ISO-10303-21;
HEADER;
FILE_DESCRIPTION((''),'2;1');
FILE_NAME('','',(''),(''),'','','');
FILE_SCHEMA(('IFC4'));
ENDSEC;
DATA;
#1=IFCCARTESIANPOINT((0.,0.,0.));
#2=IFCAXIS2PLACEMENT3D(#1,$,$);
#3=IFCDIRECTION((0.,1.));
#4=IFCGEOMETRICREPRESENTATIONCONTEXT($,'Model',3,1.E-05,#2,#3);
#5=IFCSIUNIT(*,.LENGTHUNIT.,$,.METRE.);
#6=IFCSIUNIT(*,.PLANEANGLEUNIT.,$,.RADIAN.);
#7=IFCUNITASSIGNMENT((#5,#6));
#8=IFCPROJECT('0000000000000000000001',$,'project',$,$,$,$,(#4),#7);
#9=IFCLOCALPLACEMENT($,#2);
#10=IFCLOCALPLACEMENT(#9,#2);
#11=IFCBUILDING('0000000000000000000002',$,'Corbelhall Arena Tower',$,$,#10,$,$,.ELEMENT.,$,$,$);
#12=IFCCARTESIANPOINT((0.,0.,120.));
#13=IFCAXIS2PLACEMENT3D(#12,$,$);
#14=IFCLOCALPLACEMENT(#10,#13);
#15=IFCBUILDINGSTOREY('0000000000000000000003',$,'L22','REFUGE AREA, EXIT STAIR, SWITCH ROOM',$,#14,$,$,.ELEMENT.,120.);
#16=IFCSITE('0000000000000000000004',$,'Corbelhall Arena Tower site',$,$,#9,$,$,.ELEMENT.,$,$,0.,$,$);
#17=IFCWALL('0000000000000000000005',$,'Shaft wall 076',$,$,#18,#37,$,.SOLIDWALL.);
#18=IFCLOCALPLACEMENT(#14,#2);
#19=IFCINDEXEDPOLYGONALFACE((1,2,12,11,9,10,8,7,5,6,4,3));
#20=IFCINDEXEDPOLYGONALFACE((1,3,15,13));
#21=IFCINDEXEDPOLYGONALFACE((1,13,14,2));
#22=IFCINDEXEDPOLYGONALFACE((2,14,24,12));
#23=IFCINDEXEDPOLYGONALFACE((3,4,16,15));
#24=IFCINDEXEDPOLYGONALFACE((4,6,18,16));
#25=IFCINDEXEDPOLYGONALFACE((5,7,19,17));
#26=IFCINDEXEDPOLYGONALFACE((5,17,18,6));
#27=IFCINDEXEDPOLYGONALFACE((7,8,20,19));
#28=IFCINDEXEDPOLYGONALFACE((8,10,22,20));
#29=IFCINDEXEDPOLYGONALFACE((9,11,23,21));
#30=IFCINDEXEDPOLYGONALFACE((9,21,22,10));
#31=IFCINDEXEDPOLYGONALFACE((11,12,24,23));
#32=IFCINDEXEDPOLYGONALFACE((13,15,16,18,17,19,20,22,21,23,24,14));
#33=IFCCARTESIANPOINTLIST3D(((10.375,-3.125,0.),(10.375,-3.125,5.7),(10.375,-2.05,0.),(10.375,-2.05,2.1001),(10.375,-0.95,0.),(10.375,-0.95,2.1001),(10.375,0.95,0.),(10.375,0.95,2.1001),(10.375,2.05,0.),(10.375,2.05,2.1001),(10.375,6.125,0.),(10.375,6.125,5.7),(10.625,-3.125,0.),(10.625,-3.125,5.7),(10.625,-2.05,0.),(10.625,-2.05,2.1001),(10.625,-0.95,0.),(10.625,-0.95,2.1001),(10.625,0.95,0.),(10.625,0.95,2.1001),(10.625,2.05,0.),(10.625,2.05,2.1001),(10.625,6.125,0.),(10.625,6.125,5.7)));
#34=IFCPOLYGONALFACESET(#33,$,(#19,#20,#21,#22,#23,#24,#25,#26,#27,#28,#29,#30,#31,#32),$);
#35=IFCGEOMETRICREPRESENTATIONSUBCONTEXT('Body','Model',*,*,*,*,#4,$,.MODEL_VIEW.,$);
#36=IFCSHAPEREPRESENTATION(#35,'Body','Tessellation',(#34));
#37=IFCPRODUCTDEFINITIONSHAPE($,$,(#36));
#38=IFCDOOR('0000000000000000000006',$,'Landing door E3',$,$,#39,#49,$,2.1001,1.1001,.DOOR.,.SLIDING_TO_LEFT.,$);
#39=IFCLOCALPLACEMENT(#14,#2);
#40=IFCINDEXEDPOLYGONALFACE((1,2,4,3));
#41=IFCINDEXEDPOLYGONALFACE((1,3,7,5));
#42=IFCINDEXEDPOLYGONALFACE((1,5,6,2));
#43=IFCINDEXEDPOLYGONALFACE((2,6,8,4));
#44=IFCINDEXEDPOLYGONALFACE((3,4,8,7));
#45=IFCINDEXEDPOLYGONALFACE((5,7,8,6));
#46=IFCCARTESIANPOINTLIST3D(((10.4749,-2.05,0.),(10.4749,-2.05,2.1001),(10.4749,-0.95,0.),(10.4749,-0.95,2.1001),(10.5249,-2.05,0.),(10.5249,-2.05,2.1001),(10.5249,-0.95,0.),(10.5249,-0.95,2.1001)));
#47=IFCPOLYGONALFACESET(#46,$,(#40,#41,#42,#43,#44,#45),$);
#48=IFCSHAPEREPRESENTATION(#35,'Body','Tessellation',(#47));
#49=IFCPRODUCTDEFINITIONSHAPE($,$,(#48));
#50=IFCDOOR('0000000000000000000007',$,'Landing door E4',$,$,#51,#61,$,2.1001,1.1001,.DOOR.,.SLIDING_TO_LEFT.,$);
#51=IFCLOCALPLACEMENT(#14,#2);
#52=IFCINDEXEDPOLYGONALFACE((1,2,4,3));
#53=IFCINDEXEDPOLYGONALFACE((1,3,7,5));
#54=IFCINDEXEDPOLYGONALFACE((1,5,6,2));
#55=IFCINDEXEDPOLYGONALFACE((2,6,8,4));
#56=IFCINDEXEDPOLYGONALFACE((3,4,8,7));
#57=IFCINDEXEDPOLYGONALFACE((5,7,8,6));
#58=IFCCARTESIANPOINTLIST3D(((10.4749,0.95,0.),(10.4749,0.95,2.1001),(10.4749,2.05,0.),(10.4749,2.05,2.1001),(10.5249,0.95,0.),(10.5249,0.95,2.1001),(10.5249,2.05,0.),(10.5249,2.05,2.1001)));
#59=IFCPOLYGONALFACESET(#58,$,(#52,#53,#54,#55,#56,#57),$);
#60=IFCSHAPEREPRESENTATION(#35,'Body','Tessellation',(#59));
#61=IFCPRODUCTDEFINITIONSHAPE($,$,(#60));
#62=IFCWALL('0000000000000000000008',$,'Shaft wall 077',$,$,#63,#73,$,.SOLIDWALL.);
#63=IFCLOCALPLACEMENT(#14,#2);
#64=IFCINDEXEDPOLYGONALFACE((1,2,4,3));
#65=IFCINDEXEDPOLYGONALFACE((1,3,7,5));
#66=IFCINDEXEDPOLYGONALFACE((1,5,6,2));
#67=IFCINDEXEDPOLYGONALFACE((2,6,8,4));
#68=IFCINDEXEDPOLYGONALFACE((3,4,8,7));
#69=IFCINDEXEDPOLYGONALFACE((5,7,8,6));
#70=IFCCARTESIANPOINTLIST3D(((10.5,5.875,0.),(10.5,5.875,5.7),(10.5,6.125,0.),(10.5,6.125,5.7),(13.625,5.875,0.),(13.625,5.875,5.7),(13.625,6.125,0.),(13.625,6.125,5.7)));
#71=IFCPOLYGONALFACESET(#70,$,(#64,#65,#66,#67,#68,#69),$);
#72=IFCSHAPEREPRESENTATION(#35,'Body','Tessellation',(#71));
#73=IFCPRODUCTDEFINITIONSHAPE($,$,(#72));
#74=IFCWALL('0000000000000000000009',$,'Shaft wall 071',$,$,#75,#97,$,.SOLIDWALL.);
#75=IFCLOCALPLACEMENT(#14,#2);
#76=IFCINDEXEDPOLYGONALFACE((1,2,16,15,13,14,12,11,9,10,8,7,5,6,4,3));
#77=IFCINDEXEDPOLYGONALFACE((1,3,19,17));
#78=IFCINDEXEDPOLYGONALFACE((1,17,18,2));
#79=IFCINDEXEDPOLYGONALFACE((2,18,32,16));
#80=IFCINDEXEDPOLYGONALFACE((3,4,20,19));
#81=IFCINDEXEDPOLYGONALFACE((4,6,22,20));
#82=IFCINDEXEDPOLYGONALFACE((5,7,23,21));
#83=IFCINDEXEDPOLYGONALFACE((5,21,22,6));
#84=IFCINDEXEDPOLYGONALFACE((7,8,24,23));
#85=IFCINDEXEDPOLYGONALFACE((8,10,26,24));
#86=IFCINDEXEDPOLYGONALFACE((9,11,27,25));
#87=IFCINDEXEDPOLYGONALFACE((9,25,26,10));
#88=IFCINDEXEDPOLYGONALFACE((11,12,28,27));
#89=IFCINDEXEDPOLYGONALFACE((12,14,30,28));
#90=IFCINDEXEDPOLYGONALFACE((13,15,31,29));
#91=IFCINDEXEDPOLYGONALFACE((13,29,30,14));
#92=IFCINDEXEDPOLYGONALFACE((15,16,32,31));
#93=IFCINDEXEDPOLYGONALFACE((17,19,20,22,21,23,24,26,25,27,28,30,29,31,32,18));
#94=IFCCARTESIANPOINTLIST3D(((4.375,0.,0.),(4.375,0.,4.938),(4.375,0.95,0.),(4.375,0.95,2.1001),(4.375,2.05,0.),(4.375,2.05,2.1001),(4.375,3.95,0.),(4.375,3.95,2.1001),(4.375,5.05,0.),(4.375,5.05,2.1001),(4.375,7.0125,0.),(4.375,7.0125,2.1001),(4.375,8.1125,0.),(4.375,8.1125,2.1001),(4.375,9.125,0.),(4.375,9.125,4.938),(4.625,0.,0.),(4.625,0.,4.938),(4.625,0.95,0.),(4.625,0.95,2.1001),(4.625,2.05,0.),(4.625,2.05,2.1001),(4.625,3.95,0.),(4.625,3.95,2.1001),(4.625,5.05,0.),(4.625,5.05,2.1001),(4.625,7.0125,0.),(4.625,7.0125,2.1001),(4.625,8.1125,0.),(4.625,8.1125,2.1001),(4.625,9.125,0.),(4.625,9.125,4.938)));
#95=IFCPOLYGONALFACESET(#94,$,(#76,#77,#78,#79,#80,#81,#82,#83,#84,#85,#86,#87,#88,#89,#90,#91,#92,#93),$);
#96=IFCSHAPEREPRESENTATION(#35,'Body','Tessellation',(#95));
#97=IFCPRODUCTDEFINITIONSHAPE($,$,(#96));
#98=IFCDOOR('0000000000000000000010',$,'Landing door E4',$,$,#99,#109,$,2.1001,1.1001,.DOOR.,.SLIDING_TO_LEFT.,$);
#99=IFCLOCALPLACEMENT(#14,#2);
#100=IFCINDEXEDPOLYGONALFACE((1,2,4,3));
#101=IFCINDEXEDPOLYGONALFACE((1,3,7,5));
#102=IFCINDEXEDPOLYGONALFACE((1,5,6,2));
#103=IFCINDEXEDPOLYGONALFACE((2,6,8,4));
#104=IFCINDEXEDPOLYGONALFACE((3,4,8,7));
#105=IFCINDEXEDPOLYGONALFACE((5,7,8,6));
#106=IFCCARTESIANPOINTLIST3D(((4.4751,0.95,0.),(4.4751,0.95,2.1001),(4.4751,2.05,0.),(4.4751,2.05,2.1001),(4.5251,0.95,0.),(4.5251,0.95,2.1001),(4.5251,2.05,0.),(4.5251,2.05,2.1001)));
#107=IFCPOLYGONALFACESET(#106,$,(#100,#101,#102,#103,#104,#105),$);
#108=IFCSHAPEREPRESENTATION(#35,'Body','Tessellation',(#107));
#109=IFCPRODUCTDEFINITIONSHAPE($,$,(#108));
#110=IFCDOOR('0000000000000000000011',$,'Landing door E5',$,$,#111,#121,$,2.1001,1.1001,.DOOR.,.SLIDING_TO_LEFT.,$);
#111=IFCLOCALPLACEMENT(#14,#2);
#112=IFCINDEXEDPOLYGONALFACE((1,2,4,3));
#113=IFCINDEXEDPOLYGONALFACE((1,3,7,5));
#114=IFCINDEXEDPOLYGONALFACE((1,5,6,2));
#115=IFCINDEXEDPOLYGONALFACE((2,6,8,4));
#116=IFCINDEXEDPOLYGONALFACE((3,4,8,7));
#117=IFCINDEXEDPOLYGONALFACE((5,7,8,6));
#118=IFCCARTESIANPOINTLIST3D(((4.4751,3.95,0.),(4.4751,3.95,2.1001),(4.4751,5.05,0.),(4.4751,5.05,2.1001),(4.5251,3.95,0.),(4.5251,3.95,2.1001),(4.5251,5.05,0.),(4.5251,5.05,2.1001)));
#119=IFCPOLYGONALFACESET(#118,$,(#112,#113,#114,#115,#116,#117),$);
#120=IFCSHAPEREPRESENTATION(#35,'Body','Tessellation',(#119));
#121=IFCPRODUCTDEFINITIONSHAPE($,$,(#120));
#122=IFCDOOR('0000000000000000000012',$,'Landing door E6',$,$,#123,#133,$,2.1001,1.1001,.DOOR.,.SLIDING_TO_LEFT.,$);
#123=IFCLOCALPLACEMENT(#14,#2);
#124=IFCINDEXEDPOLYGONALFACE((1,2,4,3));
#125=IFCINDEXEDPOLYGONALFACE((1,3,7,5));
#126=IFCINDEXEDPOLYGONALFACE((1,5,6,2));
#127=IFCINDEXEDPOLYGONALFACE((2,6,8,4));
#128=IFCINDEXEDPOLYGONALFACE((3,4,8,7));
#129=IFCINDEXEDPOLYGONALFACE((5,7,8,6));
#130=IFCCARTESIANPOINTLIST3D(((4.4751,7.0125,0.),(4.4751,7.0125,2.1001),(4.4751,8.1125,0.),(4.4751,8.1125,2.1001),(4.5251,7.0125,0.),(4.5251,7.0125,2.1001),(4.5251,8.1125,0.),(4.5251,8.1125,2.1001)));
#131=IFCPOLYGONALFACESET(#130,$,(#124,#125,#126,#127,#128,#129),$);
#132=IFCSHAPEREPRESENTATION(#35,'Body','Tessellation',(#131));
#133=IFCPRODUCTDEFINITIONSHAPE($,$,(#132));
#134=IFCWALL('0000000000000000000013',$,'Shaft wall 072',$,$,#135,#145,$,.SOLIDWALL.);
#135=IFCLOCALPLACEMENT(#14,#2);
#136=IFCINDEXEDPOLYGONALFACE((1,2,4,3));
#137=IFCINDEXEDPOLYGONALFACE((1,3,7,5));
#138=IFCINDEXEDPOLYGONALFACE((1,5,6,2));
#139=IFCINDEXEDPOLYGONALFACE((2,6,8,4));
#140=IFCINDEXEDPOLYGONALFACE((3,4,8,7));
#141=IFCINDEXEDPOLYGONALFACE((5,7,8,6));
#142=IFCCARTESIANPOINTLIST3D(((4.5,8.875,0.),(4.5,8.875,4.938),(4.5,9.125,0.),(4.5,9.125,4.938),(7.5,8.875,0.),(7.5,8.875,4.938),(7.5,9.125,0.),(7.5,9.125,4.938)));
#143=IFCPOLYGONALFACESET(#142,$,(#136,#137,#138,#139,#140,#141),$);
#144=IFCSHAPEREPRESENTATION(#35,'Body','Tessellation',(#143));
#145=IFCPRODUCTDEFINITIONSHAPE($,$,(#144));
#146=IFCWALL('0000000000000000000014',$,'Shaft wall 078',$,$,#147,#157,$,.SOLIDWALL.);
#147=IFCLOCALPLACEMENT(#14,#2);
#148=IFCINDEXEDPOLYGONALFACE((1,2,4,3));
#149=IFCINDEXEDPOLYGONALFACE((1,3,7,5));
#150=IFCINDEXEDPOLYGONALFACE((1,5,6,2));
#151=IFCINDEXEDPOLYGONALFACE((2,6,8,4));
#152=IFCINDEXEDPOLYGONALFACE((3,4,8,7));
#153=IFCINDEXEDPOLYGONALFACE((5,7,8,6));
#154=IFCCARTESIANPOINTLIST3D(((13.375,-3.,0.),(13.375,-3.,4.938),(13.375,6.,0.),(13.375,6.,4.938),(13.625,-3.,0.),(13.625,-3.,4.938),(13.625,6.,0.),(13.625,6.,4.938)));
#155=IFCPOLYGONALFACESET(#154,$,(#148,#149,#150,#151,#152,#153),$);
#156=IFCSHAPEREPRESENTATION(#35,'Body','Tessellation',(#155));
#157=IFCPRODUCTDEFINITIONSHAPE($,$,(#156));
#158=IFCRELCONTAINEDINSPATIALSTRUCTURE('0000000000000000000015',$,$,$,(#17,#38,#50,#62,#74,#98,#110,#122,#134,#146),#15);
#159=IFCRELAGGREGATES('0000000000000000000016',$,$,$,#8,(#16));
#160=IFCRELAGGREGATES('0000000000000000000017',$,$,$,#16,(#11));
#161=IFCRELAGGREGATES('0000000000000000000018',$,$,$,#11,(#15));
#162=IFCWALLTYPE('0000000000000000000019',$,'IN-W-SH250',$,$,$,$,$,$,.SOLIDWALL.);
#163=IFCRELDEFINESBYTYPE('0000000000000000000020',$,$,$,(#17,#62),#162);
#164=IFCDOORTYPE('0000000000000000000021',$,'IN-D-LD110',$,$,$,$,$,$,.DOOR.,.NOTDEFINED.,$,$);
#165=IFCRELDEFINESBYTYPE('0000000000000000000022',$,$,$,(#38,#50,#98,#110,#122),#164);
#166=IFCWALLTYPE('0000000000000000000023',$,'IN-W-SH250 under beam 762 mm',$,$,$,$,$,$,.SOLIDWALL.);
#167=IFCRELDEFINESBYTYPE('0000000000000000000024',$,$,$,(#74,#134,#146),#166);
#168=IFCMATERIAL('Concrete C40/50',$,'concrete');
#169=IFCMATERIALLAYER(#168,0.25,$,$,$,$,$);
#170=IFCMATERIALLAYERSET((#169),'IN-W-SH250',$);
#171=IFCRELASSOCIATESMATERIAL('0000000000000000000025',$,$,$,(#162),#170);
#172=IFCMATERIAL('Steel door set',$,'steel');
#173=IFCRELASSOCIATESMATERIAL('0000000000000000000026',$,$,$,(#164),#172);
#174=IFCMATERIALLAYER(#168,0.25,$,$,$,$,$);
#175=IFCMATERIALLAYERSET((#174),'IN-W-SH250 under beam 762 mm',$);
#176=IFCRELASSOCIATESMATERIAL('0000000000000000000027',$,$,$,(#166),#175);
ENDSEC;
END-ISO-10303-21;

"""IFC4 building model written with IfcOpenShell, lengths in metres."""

from ifc_helpers import new_model, si_unit, direction, frame, frame_2d, origin, place, context, subcontext, project, spatial, rectangle, extrude, material, layer, layer_set, type_object, element, fill, save


model = new_model("IFC4")

# Units and contexts
model_context = context("Model", 3, precision=1e-05, world=origin(), true_north=direction((0.0, 1.0)))
body_context = subcontext(model_context, "Body", "Model", "MODEL_VIEW")
ifc_project = project(units=[si_unit("LENGTHUNIT", "METRE"), si_unit("PLANEANGLEUNIT", "RADIAN")], contexts=[model_context])

# Site, building, storey
site_placement = place(None, origin())
site = spatial("IfcSite", under=ifc_project, at=site_placement, Name="Corbelhall Arena Tower site", CompositionType="ELEMENT", RefElevation=0.0)
building_placement = place(site_placement, origin())
building = spatial("IfcBuilding", under=site, at=building_placement, Name="Corbelhall Arena Tower", CompositionType="ELEMENT")
storey_placement = place(building_placement, frame((0.0, 0.0, 120.0)))
storey = spatial("IfcBuildingStorey", under=building, at=storey_placement, Name="L22", Description="REFUGE AREA, EXIT STAIR, SWITCH ROOM", CompositionType="ELEMENT", Elevation=120.0)

# Shared definitions
ifc_material_1 = material(Name="Steel door set", Category="steel")

# Shared definitions
ifc_material_2 = material(Name="Concrete C40/50", Category="concrete")
ifc_layer_1 = layer(ifc_material_2, 0.25)
ifc_layer_set_1 = layer_set([ifc_layer_1], Name="IN-W-SH250")
wall_type_1 = type_object("IfcWallType", Name="IN-W-SH250", PredefinedType="SOLIDWALL", material=ifc_layer_set_1)

# Wall, openings, doors
wall_1_placement = place(storey_placement, frame((10.5, 6.125, 0.0), z_axis=(0.0, 0.0, 1.0), x_axis=(0.0, -1.0, 0.0)))
wall_1 = element("IfcWall", 1, at=wall_1_placement, inside=storey, type_object=wall_type_1, Name="Shaft wall 076", PredefinedType="SOLIDWALL", context=body_context, shape_type="SweptSolid", body=[
    extrude(rectangle(XDim=9.25, YDim=0.25, at=frame_2d((4.625, 0.0))), origin(), (0.0, 0.0, 1.0), 5.7),
])
opening_1_placement = place(wall_1_placement, frame((7.075, 0.0, 0.0)))
opening_1 = element("IfcOpeningElement", 2, at=opening_1_placement, cuts=wall_1, PredefinedType="OPENING", context=body_context, shape_type="SweptSolid", body=[
    extrude(rectangle(XDim=1.1001, YDim=2.1001, at=frame_2d((0.55, 1.05))), frame((0.0, 0.125, 0.0), z_axis=(0.0, -1.0, 0.0), x_axis=(1.0, 0.0, 0.0)), (0.0, 0.0, 1.0), 0.25),
])
opening_2_placement = place(wall_1_placement, frame((4.075, 0.0, 0.0)))
opening_2 = element("IfcOpeningElement", 3, at=opening_2_placement, cuts=wall_1, PredefinedType="OPENING", context=body_context, shape_type="SweptSolid", body=[
    extrude(rectangle(XDim=1.1001, YDim=2.1001, at=frame_2d((0.55, 1.05))), frame((0.0, 0.125, 0.0), z_axis=(0.0, -1.0, 0.0), x_axis=(1.0, 0.0, 0.0)), (0.0, 0.0, 1.0), 0.25),
])
door_type_1 = type_object("IfcDoorType", Name="IN-D-LD110", OperationType="NOTDEFINED", PredefinedType="DOOR", material=ifc_material_1)
door_1_placement = place(opening_1_placement, origin())
door_1 = element("IfcDoor", 4, at=door_1_placement, inside=storey, type_object=door_type_1, Name="Landing door E3", OperationType="SLIDING_TO_LEFT", OverallHeight=2.1001, OverallWidth=1.1001, PredefinedType="DOOR", context=body_context, shape_type="SweptSolid", body=[
    extrude(rectangle(XDim=1.1001, YDim=2.1001, at=frame_2d((0.55, 1.05))), frame((0.0, 0.0249, 0.0), z_axis=(0.0, -1.0, 0.0), x_axis=(1.0, 0.0, 0.0)), (0.0, 0.0, 1.0), 0.05),
])
fill(opening_1, door_1)
door_2_placement = place(opening_2_placement, origin())
door_2 = element("IfcDoor", 5, at=door_2_placement, inside=storey, type_object=door_type_1, Name="Landing door E4", OperationType="SLIDING_TO_LEFT", OverallHeight=2.1001, OverallWidth=1.1001, PredefinedType="DOOR", context=body_context, shape_type="SweptSolid", body=[
    extrude(rectangle(XDim=1.1001, YDim=2.1001, at=frame_2d((0.55, 1.05))), frame((0.0, 0.0249, 0.0), z_axis=(0.0, -1.0, 0.0), x_axis=(1.0, 0.0, 0.0)), (0.0, 0.0, 1.0), 0.05),
])
fill(opening_2, door_2)

# Wall
wall_2_placement = place(storey_placement, frame((10.5, 6.0, 0.0), z_axis=(0.0, 0.0, 1.0), x_axis=(1.0, 0.0, 0.0)))
element("IfcWall", 6, at=wall_2_placement, inside=storey, type_object=wall_type_1, Name="Shaft wall 077", PredefinedType="SOLIDWALL", context=body_context, shape_type="SweptSolid", body=[
    extrude(rectangle(XDim=3.125, YDim=0.25, at=frame_2d((1.5625, 0.0))), origin(), (0.0, 0.0, 1.0), 5.7),
])

# Wall, openings, doors
ifc_layer_2 = layer(ifc_material_2, 0.25)
ifc_layer_set_2 = layer_set([ifc_layer_2], Name="IN-W-SH250 under beam 762 mm")
wall_type_2 = type_object("IfcWallType", Name="IN-W-SH250 under beam 762 mm", PredefinedType="SOLIDWALL", material=ifc_layer_set_2)
wall_3_placement = place(storey_placement, frame((4.5, 0.0, 0.0), z_axis=(0.0, 0.0, 1.0), x_axis=(0.0, 1.0, 0.0)))
wall_3 = element("IfcWall", 7, at=wall_3_placement, inside=storey, type_object=wall_type_2, Name="Shaft wall 071", PredefinedType="SOLIDWALL", context=body_context, shape_type="SweptSolid", body=[
    extrude(rectangle(XDim=9.125, YDim=0.25, at=frame_2d((4.5625, 0.0))), origin(), (0.0, 0.0, 1.0), 4.938),
])
opening_3_placement = place(wall_3_placement, frame((0.95, 0.0, 0.0)))
opening_3 = element("IfcOpeningElement", 8, at=opening_3_placement, cuts=wall_3, PredefinedType="OPENING", context=body_context, shape_type="SweptSolid", body=[
    extrude(rectangle(XDim=1.1001, YDim=2.1001, at=frame_2d((0.55, 1.05))), frame((0.0, 0.125, 0.0), z_axis=(0.0, -1.0, 0.0), x_axis=(1.0, 0.0, 0.0)), (0.0, 0.0, 1.0), 0.25),
])
opening_4_placement = place(wall_3_placement, frame((3.95, 0.0, 0.0)))
opening_4 = element("IfcOpeningElement", 9, at=opening_4_placement, cuts=wall_3, PredefinedType="OPENING", context=body_context, shape_type="SweptSolid", body=[
    extrude(rectangle(XDim=1.1001, YDim=2.1001, at=frame_2d((0.55, 1.05))), frame((0.0, 0.125, 0.0), z_axis=(0.0, -1.0, 0.0), x_axis=(1.0, 0.0, 0.0)), (0.0, 0.0, 1.0), 0.25),
])
opening_5_placement = place(wall_3_placement, frame((7.0125, 0.0, 0.0)))
opening_5 = element("IfcOpeningElement", 10, at=opening_5_placement, cuts=wall_3, PredefinedType="OPENING", context=body_context, shape_type="SweptSolid", body=[
    extrude(rectangle(XDim=1.1001, YDim=2.1001, at=frame_2d((0.55, 1.05))), frame((0.0, 0.125, 0.0), z_axis=(0.0, -1.0, 0.0), x_axis=(1.0, 0.0, 0.0)), (0.0, 0.0, 1.0), 0.25),
])
door_3_placement = place(opening_3_placement, origin())
door_3 = element("IfcDoor", 11, at=door_3_placement, inside=storey, type_object=door_type_1, Name="Landing door E4", OperationType="SLIDING_TO_LEFT", OverallHeight=2.1001, OverallWidth=1.1001, PredefinedType="DOOR", context=body_context, shape_type="SweptSolid", body=[
    extrude(rectangle(XDim=1.1001, YDim=2.1001, at=frame_2d((0.55, 1.05))), frame((0.0, 0.0249, 0.0), z_axis=(0.0, -1.0, 0.0), x_axis=(1.0, 0.0, 0.0)), (0.0, 0.0, 1.0), 0.05),
])
fill(opening_3, door_3)
door_4_placement = place(opening_4_placement, origin())
door_4 = element("IfcDoor", 12, at=door_4_placement, inside=storey, type_object=door_type_1, Name="Landing door E5", OperationType="SLIDING_TO_LEFT", OverallHeight=2.1001, OverallWidth=1.1001, PredefinedType="DOOR", context=body_context, shape_type="SweptSolid", body=[
    extrude(rectangle(XDim=1.1001, YDim=2.1001, at=frame_2d((0.55, 1.05))), frame((0.0, 0.0249, 0.0), z_axis=(0.0, -1.0, 0.0), x_axis=(1.0, 0.0, 0.0)), (0.0, 0.0, 1.0), 0.05),
])
fill(opening_4, door_4)
door_5_placement = place(opening_5_placement, origin())
door_5 = element("IfcDoor", 13, at=door_5_placement, inside=storey, type_object=door_type_1, Name="Landing door E6", OperationType="SLIDING_TO_LEFT", OverallHeight=2.1001, OverallWidth=1.1001, PredefinedType="DOOR", context=body_context, shape_type="SweptSolid", body=[
    extrude(rectangle(XDim=1.1001, YDim=2.1001, at=frame_2d((0.55, 1.05))), frame((0.0, 0.0249, 0.0), z_axis=(0.0, -1.0, 0.0), x_axis=(1.0, 0.0, 0.0)), (0.0, 0.0, 1.0), 0.05),
])
fill(opening_5, door_5)

# Walls
wall_4_placement = place(storey_placement, frame((4.5, 9.0, 0.0), z_axis=(0.0, 0.0, 1.0), x_axis=(1.0, 0.0, 0.0)))
element("IfcWall", 14, at=wall_4_placement, inside=storey, type_object=wall_type_2, Name="Shaft wall 072", PredefinedType="SOLIDWALL", context=body_context, shape_type="SweptSolid", body=[
    extrude(rectangle(XDim=3.0, YDim=0.25, at=frame_2d((1.5, 0.0))), origin(), (0.0, 0.0, 1.0), 4.938),
])
wall_5_placement = place(storey_placement, frame((13.5, 6.0, 0.0), z_axis=(0.0, 0.0, 1.0), x_axis=(0.0, -1.0, 0.0)))
element("IfcWall", 15, at=wall_5_placement, inside=storey, type_object=wall_type_2, Name="Shaft wall 078", PredefinedType="SOLIDWALL", context=body_context, shape_type="SweptSolid", body=[
    extrude(rectangle(XDim=9.0, YDim=0.25, at=frame_2d((4.5, 0.0))), origin(), (0.0, 0.0, 1.0), 4.938),
])

save(model, "model.ifc")
